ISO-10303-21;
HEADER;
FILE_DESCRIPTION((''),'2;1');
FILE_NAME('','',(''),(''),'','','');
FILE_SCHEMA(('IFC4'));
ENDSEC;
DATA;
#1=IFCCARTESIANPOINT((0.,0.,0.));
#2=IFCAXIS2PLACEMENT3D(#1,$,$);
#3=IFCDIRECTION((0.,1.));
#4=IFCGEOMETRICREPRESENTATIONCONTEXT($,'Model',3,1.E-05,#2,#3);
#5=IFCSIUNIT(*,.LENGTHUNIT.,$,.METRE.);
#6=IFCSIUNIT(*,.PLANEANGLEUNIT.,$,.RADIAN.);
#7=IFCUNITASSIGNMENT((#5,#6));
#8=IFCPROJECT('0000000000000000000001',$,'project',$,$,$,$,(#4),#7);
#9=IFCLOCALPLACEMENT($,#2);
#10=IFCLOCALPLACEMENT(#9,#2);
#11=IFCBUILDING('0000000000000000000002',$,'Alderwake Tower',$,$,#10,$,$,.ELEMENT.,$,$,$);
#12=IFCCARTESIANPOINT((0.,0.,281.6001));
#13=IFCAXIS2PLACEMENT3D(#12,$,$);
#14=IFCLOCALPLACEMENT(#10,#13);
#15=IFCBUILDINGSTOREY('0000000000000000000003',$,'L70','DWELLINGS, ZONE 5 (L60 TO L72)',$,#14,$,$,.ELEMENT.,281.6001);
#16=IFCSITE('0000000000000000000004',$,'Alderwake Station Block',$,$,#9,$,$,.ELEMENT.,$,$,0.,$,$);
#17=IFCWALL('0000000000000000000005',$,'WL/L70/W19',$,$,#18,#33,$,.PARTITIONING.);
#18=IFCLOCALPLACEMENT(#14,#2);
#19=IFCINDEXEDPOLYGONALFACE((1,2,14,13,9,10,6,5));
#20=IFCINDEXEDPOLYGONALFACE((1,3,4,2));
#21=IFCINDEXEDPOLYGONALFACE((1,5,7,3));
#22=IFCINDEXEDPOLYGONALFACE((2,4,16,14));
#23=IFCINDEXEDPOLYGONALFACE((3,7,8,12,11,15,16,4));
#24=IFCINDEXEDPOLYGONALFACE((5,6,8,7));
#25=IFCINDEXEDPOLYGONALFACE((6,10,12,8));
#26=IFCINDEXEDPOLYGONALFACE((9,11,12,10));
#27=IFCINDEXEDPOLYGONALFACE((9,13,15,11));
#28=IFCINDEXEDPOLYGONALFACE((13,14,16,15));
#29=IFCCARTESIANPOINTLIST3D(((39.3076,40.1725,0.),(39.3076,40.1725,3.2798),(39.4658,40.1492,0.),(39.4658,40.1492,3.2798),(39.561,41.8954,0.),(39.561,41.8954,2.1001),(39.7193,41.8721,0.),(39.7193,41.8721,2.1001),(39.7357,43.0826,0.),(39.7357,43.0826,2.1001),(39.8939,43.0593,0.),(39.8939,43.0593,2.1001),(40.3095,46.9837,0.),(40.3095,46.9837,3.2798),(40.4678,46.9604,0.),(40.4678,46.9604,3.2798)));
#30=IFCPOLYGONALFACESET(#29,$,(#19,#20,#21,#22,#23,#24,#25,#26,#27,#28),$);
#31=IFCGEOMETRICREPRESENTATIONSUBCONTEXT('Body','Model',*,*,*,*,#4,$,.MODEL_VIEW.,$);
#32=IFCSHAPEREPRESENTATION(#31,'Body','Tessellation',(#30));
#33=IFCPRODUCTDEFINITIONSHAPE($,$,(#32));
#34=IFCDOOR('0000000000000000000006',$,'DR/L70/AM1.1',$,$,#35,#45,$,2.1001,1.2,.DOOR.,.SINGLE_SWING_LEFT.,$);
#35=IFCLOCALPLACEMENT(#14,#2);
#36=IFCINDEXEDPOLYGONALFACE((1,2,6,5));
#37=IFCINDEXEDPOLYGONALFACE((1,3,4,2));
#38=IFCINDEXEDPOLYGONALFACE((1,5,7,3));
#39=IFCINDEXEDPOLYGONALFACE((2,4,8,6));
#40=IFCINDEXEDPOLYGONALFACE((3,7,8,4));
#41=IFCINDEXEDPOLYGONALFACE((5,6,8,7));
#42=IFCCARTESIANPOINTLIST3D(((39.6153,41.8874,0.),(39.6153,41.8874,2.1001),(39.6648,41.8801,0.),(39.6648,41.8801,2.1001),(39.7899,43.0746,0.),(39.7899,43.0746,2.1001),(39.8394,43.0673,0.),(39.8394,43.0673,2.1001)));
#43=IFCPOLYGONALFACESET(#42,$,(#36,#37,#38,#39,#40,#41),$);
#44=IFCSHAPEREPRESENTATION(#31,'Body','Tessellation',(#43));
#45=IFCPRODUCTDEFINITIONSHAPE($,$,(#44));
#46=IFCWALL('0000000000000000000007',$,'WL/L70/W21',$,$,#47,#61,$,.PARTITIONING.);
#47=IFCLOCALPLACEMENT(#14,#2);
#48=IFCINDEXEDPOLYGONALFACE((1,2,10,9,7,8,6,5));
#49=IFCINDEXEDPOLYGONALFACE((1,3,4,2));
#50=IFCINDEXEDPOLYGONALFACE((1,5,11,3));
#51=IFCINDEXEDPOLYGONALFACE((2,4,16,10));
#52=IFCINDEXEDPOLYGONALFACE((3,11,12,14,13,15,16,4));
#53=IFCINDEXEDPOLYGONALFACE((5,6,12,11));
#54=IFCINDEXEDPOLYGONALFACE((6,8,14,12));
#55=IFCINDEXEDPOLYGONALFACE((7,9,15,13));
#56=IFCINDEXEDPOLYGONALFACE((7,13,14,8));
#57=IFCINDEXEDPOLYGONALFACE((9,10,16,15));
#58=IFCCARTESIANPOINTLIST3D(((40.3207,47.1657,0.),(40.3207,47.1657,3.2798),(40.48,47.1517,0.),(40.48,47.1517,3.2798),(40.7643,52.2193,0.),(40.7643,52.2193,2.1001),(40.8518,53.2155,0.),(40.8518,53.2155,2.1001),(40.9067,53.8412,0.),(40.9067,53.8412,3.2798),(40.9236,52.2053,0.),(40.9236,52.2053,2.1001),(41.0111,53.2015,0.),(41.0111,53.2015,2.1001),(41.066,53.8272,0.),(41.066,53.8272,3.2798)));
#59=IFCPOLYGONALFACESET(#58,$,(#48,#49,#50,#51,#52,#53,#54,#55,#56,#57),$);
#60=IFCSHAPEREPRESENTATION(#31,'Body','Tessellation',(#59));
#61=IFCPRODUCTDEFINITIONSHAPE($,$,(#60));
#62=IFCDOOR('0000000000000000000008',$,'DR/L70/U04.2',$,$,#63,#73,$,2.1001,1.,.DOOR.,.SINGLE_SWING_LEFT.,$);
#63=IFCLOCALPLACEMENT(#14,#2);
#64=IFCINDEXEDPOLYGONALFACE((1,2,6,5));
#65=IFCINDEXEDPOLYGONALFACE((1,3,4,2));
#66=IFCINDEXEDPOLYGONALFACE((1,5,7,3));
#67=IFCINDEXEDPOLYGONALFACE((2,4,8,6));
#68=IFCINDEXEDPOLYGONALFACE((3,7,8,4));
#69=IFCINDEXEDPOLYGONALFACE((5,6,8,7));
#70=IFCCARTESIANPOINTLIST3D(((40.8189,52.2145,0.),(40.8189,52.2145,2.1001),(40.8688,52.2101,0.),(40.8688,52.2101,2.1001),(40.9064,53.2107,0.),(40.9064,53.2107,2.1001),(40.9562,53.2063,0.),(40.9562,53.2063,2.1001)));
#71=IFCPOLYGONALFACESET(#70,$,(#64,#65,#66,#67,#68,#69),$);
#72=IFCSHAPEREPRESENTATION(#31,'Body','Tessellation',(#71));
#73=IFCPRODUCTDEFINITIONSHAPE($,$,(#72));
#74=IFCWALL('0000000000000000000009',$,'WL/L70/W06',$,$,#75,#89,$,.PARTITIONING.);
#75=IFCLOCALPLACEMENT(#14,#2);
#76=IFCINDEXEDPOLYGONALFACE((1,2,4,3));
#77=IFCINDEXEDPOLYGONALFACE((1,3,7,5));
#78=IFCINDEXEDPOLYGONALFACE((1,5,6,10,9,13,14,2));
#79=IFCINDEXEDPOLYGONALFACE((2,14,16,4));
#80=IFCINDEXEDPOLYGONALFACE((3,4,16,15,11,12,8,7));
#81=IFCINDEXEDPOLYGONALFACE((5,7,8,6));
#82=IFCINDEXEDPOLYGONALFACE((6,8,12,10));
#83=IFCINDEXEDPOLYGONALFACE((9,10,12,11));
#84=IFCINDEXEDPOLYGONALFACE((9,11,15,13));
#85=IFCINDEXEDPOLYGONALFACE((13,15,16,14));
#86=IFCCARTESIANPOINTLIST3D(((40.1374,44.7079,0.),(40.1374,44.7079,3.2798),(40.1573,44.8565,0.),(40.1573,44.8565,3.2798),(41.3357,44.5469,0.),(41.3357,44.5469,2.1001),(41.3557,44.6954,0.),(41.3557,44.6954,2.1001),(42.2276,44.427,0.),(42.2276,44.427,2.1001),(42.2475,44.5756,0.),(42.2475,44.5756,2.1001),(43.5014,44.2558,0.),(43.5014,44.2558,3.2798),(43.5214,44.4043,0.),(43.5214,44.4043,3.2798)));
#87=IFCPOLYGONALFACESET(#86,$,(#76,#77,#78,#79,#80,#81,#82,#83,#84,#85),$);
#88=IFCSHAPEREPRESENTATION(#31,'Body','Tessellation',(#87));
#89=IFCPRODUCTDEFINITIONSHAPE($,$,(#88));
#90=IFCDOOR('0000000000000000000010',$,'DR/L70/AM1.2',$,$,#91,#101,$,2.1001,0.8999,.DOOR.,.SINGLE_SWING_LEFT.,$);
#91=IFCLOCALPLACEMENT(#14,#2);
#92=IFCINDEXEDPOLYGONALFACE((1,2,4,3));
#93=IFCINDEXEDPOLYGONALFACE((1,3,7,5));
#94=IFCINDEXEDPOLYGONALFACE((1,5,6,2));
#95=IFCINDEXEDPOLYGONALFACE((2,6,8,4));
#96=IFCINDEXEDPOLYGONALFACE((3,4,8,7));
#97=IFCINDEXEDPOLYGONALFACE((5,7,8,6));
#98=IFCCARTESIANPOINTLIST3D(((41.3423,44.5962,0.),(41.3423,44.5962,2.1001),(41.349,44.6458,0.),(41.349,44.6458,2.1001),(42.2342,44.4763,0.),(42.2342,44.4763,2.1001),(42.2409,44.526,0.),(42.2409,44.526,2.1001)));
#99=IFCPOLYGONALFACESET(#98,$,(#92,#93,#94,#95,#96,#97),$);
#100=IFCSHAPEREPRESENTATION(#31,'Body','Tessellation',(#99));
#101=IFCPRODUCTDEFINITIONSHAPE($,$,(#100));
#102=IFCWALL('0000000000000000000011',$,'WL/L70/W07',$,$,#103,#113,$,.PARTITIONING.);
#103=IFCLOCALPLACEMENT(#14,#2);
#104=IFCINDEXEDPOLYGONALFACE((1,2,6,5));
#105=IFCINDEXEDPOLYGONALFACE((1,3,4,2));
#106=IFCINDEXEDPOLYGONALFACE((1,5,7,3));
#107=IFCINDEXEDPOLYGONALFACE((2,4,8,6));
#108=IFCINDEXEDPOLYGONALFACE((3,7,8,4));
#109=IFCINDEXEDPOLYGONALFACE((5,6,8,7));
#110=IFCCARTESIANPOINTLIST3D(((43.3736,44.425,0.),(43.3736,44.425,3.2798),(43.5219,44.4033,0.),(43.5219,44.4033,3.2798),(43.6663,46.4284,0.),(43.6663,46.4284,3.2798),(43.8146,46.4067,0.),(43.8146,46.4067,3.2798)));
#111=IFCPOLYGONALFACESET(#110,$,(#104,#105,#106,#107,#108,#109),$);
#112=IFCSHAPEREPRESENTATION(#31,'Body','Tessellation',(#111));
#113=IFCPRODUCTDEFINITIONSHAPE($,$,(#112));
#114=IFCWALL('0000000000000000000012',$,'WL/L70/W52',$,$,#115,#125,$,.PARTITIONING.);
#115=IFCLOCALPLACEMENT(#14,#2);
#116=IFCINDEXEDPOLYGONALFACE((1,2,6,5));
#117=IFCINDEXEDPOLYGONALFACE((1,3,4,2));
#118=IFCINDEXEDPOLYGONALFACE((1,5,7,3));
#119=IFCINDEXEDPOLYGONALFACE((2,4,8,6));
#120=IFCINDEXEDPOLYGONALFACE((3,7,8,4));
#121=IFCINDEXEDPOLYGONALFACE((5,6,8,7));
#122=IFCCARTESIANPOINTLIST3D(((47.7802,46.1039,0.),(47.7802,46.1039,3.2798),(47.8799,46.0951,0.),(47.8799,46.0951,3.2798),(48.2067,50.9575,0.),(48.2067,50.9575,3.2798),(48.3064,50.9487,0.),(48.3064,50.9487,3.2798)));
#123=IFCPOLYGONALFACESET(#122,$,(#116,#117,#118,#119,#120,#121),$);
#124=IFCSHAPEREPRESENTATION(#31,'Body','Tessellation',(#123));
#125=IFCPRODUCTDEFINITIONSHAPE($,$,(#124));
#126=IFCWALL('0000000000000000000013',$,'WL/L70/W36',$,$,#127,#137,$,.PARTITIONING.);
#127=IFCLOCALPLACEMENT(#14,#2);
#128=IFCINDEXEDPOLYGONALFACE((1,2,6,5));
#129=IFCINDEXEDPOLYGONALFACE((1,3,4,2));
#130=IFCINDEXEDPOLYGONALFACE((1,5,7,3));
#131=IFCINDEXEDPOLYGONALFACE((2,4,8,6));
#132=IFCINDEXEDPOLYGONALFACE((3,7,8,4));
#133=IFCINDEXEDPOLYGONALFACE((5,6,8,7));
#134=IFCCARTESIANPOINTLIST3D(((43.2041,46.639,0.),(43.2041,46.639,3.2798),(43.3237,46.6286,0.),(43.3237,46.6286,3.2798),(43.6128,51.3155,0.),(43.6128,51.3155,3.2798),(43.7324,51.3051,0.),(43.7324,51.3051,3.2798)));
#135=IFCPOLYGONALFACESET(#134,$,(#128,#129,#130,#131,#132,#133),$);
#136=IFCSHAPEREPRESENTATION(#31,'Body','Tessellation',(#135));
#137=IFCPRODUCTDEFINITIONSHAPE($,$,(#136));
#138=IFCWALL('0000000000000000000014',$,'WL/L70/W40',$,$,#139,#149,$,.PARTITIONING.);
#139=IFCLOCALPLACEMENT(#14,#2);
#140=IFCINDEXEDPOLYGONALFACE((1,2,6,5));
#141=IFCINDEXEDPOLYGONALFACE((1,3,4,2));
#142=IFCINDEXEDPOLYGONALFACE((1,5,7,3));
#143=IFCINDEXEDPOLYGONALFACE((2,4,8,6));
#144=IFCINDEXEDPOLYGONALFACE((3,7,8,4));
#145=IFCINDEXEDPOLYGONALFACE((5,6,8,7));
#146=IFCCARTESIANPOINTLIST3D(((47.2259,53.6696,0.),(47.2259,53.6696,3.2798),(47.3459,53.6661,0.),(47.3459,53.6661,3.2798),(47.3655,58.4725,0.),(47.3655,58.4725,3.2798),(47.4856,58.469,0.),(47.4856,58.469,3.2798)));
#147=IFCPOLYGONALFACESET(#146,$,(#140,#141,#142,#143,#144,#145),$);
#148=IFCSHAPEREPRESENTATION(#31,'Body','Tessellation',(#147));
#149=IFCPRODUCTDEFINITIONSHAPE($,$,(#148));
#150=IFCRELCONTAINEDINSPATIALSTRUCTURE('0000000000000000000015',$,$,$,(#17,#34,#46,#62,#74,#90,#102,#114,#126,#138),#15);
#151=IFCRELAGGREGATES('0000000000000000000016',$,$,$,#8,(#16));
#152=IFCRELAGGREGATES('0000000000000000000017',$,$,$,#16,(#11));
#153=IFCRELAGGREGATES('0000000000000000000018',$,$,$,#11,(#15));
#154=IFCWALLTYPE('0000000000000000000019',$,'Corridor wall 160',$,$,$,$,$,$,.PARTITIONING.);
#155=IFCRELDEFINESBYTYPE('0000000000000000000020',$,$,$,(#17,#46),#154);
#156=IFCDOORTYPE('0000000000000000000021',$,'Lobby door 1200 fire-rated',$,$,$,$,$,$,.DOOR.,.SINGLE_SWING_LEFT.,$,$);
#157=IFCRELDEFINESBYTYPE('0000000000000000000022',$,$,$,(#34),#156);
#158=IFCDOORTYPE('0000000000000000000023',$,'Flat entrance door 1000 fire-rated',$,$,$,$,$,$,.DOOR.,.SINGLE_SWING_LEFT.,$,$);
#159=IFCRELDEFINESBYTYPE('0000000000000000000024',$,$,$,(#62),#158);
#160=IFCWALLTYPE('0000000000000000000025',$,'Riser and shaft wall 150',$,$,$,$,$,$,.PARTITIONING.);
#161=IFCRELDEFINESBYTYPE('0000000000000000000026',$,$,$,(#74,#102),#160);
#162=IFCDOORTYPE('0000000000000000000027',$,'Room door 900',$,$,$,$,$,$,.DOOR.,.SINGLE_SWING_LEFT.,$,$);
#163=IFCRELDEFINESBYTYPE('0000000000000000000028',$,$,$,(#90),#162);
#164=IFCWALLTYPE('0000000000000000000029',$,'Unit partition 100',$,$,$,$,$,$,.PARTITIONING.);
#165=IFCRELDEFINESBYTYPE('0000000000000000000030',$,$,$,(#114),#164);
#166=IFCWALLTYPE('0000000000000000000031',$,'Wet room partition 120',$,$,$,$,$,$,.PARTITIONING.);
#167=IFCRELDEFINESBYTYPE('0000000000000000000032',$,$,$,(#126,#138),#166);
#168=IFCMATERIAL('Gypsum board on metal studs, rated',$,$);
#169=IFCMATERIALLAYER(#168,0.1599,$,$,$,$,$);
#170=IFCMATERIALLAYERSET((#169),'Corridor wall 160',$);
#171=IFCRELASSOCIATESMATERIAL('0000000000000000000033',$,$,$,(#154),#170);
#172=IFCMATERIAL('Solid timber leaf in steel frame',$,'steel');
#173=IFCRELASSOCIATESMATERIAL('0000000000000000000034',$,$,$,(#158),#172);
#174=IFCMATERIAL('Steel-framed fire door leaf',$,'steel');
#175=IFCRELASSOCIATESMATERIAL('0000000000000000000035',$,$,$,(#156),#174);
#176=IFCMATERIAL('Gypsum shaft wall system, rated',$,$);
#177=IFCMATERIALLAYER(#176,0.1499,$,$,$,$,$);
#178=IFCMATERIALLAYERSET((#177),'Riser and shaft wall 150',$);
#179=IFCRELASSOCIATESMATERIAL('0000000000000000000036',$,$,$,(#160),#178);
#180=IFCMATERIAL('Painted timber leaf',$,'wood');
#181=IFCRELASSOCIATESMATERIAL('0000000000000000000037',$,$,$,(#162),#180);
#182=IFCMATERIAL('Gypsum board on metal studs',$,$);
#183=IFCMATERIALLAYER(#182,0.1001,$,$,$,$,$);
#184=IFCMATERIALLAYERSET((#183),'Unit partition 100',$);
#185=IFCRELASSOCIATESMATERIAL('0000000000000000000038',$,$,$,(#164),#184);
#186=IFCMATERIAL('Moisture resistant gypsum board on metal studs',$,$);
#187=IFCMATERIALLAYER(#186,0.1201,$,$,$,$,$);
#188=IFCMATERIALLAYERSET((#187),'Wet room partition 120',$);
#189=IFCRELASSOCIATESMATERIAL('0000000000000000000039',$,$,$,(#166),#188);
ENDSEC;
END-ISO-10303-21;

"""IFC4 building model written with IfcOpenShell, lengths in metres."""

from ifc_helpers import new_model, si_unit, direction, frame, frame_2d, origin, place, context, subcontext, project, spatial, rectangle, extrude, material, layer, layer_set, type_object, element, fill, save


model = new_model("IFC4")

# Units and contexts
model_context = context("Model", 3, precision=1e-05, world=origin(), true_north=direction((0.0, 1.0)))
body_context = subcontext(model_context, "Body", "Model", "MODEL_VIEW")
ifc_project = project(units=[si_unit("LENGTHUNIT", "METRE"), si_unit("PLANEANGLEUNIT", "RADIAN")], contexts=[model_context])

# Site, building, storey
site_placement = place(None, origin())
site = spatial("IfcSite", under=ifc_project, at=site_placement, Name="Alderwake Station Block", CompositionType="ELEMENT", RefElevation=0.0)
building_placement = place(site_placement, origin())
building = spatial("IfcBuilding", under=site, at=building_placement, Name="Alderwake Tower", CompositionType="ELEMENT")
storey_placement = place(building_placement, frame((0.0, 0.0, 281.6001)))
storey = spatial("IfcBuildingStorey", under=building, at=storey_placement, Name="L70", Description="DWELLINGS, ZONE 5 (L60 TO L72)", CompositionType="ELEMENT", Elevation=281.6001)

# Walls, openings, doors
ifc_material_1 = material(Name="Gypsum board on metal studs, rated")
ifc_layer_1 = layer(ifc_material_1, 0.1599)
ifc_layer_set_1 = layer_set([ifc_layer_1], Name="Corridor wall 160")
wall_type_1 = type_object("IfcWallType", Name="Corridor wall 160", PredefinedType="PARTITIONING", material=ifc_layer_set_1)
ifc_material_2 = material(Name="Solid timber leaf in steel frame", Category="steel")
door_type_1 = type_object("IfcDoorType", Name="Flat entrance door 1000 fire-rated", OperationType="SINGLE_SWING_LEFT", PredefinedType="DOOR", material=ifc_material_2)
wall_1_placement = place(storey_placement, frame((40.3887, 46.9722, 0.0), z_axis=(0.0, 0.0, 1.0), x_axis=(-0.145536, -0.989353, 0.0)))
wall_1 = element("IfcWall", 1, at=wall_1_placement, inside=storey, type_object=wall_type_1, Name="WL/L70/W19", PredefinedType="PARTITIONING", context=body_context, shape_type="SweptSolid", body=[
    extrude(rectangle(XDim=6.8845, YDim=0.1599, at=frame_2d((3.4424, 0.0))), origin(), (0.0, 0.0, 1.0), 3.2798),
])
opening_1_placement = place(wall_1_placement, frame((3.9431, 0.0, 0.0)))
opening_1 = element("IfcOpeningElement", 2, at=opening_1_placement, cuts=wall_1, PredefinedType="OPENING", context=body_context, shape_type="SweptSolid", body=[
    extrude(rectangle(XDim=1.2, YDim=2.1001, at=frame_2d((0.6001, 1.05))), frame((0.0, 0.0898, 0.0), z_axis=(0.0, -1.0, 0.0), x_axis=(1.0, 0.0, 0.0)), (0.0, 0.0, 1.0), 0.1799),
])
ifc_material_3 = material(Name="Steel-framed fire door leaf", Category="steel")
door_type_2 = type_object("IfcDoorType", Name="Lobby door 1200 fire-rated", OperationType="SINGLE_SWING_LEFT", PredefinedType="DOOR", material=ifc_material_3)
door_1_placement = place(opening_1_placement, origin())
door_1 = element("IfcDoor", 3, at=door_1_placement, inside=storey, type_object=door_type_2, Name="DR/L70/AM1.1", OperationType="SINGLE_SWING_LEFT", OverallHeight=2.1001, OverallWidth=1.2, PredefinedType="DOOR", context=body_context, shape_type="SweptSolid", body=[
    extrude(rectangle(XDim=1.2, YDim=2.1001, at=frame_2d((0.6001, 1.05))), frame((0.0, 0.0249, 0.0), z_axis=(0.0, -1.0, 0.0), x_axis=(1.0, 0.0, 0.0)), (0.0, 0.0, 1.0), 0.05),
])
fill(opening_1, door_1)
wall_2_placement = place(storey_placement, frame((40.9863, 53.8342, 0.0), z_axis=(0.0, 0.0, 1.0), x_axis=(-0.087438, -0.99617, 0.0)))
wall_2 = element("IfcWall", 4, at=wall_2_placement, inside=storey, type_object=wall_type_1, Name="WL/L70/W21", PredefinedType="PARTITIONING", context=body_context, shape_type="SweptSolid", body=[
    extrude(rectangle(XDim=6.7012, YDim=0.1599, at=frame_2d((3.3506, 0.0))), origin(), (0.0, 0.0, 1.0), 3.2798),
])
opening_2_placement = place(wall_2_placement, frame((0.6282, 0.0, 0.0)))
opening_2 = element("IfcOpeningElement", 5, at=opening_2_placement, cuts=wall_2, PredefinedType="OPENING", context=body_context, shape_type="SweptSolid", body=[
    extrude(rectangle(XDim=1.0, YDim=2.1001, at=frame_2d((0.5, 1.05))), frame((0.0, 0.0898, 0.0), z_axis=(0.0, -1.0, 0.0), x_axis=(1.0, 0.0, 0.0)), (0.0, 0.0, 1.0), 0.1799),
])
door_2_placement = place(opening_2_placement, origin())
door_2 = element("IfcDoor", 6, at=door_2_placement, inside=storey, type_object=door_type_1, Name="DR/L70/U04.2", OperationType="SINGLE_SWING_LEFT", OverallHeight=2.1001, OverallWidth=1.0, PredefinedType="DOOR", context=body_context, shape_type="SweptSolid", body=[
    extrude(rectangle(XDim=1.0, YDim=2.1001, at=frame_2d((0.5, 1.05))), frame((0.0, 0.0249, 0.0), z_axis=(0.0, -1.0, 0.0), x_axis=(1.0, 0.0, 0.0)), (0.0, 0.0, 1.0), 0.05),
])
fill(opening_2, door_2)
ifc_material_4 = material(Name="Gypsum shaft wall system, rated")
ifc_layer_2 = layer(ifc_material_4, 0.1499)
ifc_layer_set_2 = layer_set([ifc_layer_2], Name="Riser and shaft wall 150")
wall_type_2 = type_object("IfcWallType", Name="Riser and shaft wall 150", PredefinedType="PARTITIONING", material=ifc_layer_set_2)
wall_3_placement = place(storey_placement, frame((40.1472, 44.7822, 0.0), z_axis=(0.0, 0.0, 1.0), x_axis=(0.991088, -0.13321, 0.0)))
wall_3 = element("IfcWall", 7, at=wall_3_placement, inside=storey, type_object=wall_type_2, Name="WL/L70/W06", PredefinedType="PARTITIONING", context=body_context, shape_type="SweptSolid", body=[
    extrude(rectangle(XDim=3.3943, YDim=0.1499, at=frame_2d((1.6973, 0.0))), origin(), (0.0, 0.0, 1.0), 3.2798),
])
opening_3_placement = place(wall_3_placement, frame((1.2092, 0.0, 0.0)))
opening_3 = element("IfcOpeningElement", 8, at=opening_3_placement, cuts=wall_3, PredefinedType="OPENING", context=body_context, shape_type="SweptSolid", body=[
    extrude(rectangle(XDim=0.8999, YDim=2.1001, at=frame_2d((0.45, 1.05))), frame((0.0, 0.085, 0.0), z_axis=(0.0, -1.0, 0.0), x_axis=(1.0, 0.0, 0.0)), (0.0, 0.0, 1.0), 0.1699),
])
ifc_material_5 = material(Name="Painted timber leaf", Category="wood")
door_type_3 = type_object("IfcDoorType", Name="Room door 900", OperationType="SINGLE_SWING_LEFT", PredefinedType="DOOR", material=ifc_material_5)
door_3_placement = place(opening_3_placement, origin())
door_3 = element("IfcDoor", 9, at=door_3_placement, inside=storey, type_object=door_type_3, Name="DR/L70/AM1.2", OperationType="SINGLE_SWING_LEFT", OverallHeight=2.1001, OverallWidth=0.8999, PredefinedType="DOOR", context=body_context, shape_type="SweptSolid", body=[
    extrude(rectangle(XDim=0.8999, YDim=2.1001, at=frame_2d((0.45, 1.05))), frame((0.0, 0.0249, 0.0), z_axis=(0.0, -1.0, 0.0), x_axis=(1.0, 0.0, 0.0)), (0.0, 0.0, 1.0), 0.05),
])
fill(opening_3, door_3)

# Walls
wall_4_placement = place(storey_placement, frame((43.4478, 44.4143, 0.0), z_axis=(0.0, 0.0, 1.0), x_axis=(0.144577, 0.989493, 0.0)))
element("IfcWall", 10, at=wall_4_placement, inside=storey, type_object=wall_type_2, Name="WL/L70/W07", PredefinedType="PARTITIONING", context=body_context, shape_type="SweptSolid", body=[
    extrude(rectangle(XDim=2.0247, YDim=0.1499, at=frame_2d((1.0122, 0.0))), origin(), (0.0, 0.0, 1.0), 3.2798),
])
ifc_material_6 = material(Name="Gypsum board on metal studs")
ifc_layer_3 = layer(ifc_material_6, 0.1001)
ifc_layer_set_3 = layer_set([ifc_layer_3], Name="Unit partition 100")
wall_type_3 = type_object("IfcWallType", Name="Unit partition 100", PredefinedType="PARTITIONING", material=ifc_layer_set_3)
wall_5_placement = place(storey_placement, frame((47.8301, 46.0996, 0.0), z_axis=(0.0, 0.0, 1.0), x_axis=(0.08754, 0.996161, 0.0)))
element("IfcWall", 11, at=wall_5_placement, inside=storey, type_object=wall_type_3, Name="WL/L70/W52", PredefinedType="PARTITIONING", context=body_context, shape_type="SweptSolid", body=[
    extrude(rectangle(XDim=4.8723, YDim=0.1001, at=frame_2d((2.436, 0.0))), origin(), (0.0, 0.0, 1.0), 3.2798),
])
ifc_material_7 = material(Name="Moisture resistant gypsum board on metal studs")
ifc_layer_4 = layer(ifc_material_7, 0.1201)
ifc_layer_set_4 = layer_set([ifc_layer_4], Name="Wet room partition 120")
wall_type_4 = type_object("IfcWallType", Name="Wet room partition 120", PredefinedType="PARTITIONING", material=ifc_layer_set_4)
wall_6_placement = place(storey_placement, frame((43.2639, 46.6338, 0.0), z_axis=(0.0, 0.0, 1.0), x_axis=(0.08706, 0.996203, 0.0)))
element("IfcWall", 12, at=wall_6_placement, inside=storey, type_object=wall_type_4, Name="WL/L70/W36", PredefinedType="PARTITIONING", context=body_context, shape_type="SweptSolid", body=[
    extrude(rectangle(XDim=4.6943, YDim=0.1201, at=frame_2d((2.3472, 0.0))), origin(), (0.0, 0.0, 1.0), 3.2798),
])
wall_7_placement = place(storey_placement, frame((47.2859, 53.668, 0.0), z_axis=(0.0, 0.0, 1.0), x_axis=(0.029063, 0.999578, 0.0)))
element("IfcWall", 13, at=wall_7_placement, inside=storey, type_object=wall_type_4, Name="WL/L70/W40", PredefinedType="PARTITIONING", context=body_context, shape_type="SweptSolid", body=[
    extrude(rectangle(XDim=4.8049, YDim=0.1201, at=frame_2d((2.4023, 0.0))), origin(), (0.0, 0.0, 1.0), 3.2798),
])

save(model, "model.ifc")
